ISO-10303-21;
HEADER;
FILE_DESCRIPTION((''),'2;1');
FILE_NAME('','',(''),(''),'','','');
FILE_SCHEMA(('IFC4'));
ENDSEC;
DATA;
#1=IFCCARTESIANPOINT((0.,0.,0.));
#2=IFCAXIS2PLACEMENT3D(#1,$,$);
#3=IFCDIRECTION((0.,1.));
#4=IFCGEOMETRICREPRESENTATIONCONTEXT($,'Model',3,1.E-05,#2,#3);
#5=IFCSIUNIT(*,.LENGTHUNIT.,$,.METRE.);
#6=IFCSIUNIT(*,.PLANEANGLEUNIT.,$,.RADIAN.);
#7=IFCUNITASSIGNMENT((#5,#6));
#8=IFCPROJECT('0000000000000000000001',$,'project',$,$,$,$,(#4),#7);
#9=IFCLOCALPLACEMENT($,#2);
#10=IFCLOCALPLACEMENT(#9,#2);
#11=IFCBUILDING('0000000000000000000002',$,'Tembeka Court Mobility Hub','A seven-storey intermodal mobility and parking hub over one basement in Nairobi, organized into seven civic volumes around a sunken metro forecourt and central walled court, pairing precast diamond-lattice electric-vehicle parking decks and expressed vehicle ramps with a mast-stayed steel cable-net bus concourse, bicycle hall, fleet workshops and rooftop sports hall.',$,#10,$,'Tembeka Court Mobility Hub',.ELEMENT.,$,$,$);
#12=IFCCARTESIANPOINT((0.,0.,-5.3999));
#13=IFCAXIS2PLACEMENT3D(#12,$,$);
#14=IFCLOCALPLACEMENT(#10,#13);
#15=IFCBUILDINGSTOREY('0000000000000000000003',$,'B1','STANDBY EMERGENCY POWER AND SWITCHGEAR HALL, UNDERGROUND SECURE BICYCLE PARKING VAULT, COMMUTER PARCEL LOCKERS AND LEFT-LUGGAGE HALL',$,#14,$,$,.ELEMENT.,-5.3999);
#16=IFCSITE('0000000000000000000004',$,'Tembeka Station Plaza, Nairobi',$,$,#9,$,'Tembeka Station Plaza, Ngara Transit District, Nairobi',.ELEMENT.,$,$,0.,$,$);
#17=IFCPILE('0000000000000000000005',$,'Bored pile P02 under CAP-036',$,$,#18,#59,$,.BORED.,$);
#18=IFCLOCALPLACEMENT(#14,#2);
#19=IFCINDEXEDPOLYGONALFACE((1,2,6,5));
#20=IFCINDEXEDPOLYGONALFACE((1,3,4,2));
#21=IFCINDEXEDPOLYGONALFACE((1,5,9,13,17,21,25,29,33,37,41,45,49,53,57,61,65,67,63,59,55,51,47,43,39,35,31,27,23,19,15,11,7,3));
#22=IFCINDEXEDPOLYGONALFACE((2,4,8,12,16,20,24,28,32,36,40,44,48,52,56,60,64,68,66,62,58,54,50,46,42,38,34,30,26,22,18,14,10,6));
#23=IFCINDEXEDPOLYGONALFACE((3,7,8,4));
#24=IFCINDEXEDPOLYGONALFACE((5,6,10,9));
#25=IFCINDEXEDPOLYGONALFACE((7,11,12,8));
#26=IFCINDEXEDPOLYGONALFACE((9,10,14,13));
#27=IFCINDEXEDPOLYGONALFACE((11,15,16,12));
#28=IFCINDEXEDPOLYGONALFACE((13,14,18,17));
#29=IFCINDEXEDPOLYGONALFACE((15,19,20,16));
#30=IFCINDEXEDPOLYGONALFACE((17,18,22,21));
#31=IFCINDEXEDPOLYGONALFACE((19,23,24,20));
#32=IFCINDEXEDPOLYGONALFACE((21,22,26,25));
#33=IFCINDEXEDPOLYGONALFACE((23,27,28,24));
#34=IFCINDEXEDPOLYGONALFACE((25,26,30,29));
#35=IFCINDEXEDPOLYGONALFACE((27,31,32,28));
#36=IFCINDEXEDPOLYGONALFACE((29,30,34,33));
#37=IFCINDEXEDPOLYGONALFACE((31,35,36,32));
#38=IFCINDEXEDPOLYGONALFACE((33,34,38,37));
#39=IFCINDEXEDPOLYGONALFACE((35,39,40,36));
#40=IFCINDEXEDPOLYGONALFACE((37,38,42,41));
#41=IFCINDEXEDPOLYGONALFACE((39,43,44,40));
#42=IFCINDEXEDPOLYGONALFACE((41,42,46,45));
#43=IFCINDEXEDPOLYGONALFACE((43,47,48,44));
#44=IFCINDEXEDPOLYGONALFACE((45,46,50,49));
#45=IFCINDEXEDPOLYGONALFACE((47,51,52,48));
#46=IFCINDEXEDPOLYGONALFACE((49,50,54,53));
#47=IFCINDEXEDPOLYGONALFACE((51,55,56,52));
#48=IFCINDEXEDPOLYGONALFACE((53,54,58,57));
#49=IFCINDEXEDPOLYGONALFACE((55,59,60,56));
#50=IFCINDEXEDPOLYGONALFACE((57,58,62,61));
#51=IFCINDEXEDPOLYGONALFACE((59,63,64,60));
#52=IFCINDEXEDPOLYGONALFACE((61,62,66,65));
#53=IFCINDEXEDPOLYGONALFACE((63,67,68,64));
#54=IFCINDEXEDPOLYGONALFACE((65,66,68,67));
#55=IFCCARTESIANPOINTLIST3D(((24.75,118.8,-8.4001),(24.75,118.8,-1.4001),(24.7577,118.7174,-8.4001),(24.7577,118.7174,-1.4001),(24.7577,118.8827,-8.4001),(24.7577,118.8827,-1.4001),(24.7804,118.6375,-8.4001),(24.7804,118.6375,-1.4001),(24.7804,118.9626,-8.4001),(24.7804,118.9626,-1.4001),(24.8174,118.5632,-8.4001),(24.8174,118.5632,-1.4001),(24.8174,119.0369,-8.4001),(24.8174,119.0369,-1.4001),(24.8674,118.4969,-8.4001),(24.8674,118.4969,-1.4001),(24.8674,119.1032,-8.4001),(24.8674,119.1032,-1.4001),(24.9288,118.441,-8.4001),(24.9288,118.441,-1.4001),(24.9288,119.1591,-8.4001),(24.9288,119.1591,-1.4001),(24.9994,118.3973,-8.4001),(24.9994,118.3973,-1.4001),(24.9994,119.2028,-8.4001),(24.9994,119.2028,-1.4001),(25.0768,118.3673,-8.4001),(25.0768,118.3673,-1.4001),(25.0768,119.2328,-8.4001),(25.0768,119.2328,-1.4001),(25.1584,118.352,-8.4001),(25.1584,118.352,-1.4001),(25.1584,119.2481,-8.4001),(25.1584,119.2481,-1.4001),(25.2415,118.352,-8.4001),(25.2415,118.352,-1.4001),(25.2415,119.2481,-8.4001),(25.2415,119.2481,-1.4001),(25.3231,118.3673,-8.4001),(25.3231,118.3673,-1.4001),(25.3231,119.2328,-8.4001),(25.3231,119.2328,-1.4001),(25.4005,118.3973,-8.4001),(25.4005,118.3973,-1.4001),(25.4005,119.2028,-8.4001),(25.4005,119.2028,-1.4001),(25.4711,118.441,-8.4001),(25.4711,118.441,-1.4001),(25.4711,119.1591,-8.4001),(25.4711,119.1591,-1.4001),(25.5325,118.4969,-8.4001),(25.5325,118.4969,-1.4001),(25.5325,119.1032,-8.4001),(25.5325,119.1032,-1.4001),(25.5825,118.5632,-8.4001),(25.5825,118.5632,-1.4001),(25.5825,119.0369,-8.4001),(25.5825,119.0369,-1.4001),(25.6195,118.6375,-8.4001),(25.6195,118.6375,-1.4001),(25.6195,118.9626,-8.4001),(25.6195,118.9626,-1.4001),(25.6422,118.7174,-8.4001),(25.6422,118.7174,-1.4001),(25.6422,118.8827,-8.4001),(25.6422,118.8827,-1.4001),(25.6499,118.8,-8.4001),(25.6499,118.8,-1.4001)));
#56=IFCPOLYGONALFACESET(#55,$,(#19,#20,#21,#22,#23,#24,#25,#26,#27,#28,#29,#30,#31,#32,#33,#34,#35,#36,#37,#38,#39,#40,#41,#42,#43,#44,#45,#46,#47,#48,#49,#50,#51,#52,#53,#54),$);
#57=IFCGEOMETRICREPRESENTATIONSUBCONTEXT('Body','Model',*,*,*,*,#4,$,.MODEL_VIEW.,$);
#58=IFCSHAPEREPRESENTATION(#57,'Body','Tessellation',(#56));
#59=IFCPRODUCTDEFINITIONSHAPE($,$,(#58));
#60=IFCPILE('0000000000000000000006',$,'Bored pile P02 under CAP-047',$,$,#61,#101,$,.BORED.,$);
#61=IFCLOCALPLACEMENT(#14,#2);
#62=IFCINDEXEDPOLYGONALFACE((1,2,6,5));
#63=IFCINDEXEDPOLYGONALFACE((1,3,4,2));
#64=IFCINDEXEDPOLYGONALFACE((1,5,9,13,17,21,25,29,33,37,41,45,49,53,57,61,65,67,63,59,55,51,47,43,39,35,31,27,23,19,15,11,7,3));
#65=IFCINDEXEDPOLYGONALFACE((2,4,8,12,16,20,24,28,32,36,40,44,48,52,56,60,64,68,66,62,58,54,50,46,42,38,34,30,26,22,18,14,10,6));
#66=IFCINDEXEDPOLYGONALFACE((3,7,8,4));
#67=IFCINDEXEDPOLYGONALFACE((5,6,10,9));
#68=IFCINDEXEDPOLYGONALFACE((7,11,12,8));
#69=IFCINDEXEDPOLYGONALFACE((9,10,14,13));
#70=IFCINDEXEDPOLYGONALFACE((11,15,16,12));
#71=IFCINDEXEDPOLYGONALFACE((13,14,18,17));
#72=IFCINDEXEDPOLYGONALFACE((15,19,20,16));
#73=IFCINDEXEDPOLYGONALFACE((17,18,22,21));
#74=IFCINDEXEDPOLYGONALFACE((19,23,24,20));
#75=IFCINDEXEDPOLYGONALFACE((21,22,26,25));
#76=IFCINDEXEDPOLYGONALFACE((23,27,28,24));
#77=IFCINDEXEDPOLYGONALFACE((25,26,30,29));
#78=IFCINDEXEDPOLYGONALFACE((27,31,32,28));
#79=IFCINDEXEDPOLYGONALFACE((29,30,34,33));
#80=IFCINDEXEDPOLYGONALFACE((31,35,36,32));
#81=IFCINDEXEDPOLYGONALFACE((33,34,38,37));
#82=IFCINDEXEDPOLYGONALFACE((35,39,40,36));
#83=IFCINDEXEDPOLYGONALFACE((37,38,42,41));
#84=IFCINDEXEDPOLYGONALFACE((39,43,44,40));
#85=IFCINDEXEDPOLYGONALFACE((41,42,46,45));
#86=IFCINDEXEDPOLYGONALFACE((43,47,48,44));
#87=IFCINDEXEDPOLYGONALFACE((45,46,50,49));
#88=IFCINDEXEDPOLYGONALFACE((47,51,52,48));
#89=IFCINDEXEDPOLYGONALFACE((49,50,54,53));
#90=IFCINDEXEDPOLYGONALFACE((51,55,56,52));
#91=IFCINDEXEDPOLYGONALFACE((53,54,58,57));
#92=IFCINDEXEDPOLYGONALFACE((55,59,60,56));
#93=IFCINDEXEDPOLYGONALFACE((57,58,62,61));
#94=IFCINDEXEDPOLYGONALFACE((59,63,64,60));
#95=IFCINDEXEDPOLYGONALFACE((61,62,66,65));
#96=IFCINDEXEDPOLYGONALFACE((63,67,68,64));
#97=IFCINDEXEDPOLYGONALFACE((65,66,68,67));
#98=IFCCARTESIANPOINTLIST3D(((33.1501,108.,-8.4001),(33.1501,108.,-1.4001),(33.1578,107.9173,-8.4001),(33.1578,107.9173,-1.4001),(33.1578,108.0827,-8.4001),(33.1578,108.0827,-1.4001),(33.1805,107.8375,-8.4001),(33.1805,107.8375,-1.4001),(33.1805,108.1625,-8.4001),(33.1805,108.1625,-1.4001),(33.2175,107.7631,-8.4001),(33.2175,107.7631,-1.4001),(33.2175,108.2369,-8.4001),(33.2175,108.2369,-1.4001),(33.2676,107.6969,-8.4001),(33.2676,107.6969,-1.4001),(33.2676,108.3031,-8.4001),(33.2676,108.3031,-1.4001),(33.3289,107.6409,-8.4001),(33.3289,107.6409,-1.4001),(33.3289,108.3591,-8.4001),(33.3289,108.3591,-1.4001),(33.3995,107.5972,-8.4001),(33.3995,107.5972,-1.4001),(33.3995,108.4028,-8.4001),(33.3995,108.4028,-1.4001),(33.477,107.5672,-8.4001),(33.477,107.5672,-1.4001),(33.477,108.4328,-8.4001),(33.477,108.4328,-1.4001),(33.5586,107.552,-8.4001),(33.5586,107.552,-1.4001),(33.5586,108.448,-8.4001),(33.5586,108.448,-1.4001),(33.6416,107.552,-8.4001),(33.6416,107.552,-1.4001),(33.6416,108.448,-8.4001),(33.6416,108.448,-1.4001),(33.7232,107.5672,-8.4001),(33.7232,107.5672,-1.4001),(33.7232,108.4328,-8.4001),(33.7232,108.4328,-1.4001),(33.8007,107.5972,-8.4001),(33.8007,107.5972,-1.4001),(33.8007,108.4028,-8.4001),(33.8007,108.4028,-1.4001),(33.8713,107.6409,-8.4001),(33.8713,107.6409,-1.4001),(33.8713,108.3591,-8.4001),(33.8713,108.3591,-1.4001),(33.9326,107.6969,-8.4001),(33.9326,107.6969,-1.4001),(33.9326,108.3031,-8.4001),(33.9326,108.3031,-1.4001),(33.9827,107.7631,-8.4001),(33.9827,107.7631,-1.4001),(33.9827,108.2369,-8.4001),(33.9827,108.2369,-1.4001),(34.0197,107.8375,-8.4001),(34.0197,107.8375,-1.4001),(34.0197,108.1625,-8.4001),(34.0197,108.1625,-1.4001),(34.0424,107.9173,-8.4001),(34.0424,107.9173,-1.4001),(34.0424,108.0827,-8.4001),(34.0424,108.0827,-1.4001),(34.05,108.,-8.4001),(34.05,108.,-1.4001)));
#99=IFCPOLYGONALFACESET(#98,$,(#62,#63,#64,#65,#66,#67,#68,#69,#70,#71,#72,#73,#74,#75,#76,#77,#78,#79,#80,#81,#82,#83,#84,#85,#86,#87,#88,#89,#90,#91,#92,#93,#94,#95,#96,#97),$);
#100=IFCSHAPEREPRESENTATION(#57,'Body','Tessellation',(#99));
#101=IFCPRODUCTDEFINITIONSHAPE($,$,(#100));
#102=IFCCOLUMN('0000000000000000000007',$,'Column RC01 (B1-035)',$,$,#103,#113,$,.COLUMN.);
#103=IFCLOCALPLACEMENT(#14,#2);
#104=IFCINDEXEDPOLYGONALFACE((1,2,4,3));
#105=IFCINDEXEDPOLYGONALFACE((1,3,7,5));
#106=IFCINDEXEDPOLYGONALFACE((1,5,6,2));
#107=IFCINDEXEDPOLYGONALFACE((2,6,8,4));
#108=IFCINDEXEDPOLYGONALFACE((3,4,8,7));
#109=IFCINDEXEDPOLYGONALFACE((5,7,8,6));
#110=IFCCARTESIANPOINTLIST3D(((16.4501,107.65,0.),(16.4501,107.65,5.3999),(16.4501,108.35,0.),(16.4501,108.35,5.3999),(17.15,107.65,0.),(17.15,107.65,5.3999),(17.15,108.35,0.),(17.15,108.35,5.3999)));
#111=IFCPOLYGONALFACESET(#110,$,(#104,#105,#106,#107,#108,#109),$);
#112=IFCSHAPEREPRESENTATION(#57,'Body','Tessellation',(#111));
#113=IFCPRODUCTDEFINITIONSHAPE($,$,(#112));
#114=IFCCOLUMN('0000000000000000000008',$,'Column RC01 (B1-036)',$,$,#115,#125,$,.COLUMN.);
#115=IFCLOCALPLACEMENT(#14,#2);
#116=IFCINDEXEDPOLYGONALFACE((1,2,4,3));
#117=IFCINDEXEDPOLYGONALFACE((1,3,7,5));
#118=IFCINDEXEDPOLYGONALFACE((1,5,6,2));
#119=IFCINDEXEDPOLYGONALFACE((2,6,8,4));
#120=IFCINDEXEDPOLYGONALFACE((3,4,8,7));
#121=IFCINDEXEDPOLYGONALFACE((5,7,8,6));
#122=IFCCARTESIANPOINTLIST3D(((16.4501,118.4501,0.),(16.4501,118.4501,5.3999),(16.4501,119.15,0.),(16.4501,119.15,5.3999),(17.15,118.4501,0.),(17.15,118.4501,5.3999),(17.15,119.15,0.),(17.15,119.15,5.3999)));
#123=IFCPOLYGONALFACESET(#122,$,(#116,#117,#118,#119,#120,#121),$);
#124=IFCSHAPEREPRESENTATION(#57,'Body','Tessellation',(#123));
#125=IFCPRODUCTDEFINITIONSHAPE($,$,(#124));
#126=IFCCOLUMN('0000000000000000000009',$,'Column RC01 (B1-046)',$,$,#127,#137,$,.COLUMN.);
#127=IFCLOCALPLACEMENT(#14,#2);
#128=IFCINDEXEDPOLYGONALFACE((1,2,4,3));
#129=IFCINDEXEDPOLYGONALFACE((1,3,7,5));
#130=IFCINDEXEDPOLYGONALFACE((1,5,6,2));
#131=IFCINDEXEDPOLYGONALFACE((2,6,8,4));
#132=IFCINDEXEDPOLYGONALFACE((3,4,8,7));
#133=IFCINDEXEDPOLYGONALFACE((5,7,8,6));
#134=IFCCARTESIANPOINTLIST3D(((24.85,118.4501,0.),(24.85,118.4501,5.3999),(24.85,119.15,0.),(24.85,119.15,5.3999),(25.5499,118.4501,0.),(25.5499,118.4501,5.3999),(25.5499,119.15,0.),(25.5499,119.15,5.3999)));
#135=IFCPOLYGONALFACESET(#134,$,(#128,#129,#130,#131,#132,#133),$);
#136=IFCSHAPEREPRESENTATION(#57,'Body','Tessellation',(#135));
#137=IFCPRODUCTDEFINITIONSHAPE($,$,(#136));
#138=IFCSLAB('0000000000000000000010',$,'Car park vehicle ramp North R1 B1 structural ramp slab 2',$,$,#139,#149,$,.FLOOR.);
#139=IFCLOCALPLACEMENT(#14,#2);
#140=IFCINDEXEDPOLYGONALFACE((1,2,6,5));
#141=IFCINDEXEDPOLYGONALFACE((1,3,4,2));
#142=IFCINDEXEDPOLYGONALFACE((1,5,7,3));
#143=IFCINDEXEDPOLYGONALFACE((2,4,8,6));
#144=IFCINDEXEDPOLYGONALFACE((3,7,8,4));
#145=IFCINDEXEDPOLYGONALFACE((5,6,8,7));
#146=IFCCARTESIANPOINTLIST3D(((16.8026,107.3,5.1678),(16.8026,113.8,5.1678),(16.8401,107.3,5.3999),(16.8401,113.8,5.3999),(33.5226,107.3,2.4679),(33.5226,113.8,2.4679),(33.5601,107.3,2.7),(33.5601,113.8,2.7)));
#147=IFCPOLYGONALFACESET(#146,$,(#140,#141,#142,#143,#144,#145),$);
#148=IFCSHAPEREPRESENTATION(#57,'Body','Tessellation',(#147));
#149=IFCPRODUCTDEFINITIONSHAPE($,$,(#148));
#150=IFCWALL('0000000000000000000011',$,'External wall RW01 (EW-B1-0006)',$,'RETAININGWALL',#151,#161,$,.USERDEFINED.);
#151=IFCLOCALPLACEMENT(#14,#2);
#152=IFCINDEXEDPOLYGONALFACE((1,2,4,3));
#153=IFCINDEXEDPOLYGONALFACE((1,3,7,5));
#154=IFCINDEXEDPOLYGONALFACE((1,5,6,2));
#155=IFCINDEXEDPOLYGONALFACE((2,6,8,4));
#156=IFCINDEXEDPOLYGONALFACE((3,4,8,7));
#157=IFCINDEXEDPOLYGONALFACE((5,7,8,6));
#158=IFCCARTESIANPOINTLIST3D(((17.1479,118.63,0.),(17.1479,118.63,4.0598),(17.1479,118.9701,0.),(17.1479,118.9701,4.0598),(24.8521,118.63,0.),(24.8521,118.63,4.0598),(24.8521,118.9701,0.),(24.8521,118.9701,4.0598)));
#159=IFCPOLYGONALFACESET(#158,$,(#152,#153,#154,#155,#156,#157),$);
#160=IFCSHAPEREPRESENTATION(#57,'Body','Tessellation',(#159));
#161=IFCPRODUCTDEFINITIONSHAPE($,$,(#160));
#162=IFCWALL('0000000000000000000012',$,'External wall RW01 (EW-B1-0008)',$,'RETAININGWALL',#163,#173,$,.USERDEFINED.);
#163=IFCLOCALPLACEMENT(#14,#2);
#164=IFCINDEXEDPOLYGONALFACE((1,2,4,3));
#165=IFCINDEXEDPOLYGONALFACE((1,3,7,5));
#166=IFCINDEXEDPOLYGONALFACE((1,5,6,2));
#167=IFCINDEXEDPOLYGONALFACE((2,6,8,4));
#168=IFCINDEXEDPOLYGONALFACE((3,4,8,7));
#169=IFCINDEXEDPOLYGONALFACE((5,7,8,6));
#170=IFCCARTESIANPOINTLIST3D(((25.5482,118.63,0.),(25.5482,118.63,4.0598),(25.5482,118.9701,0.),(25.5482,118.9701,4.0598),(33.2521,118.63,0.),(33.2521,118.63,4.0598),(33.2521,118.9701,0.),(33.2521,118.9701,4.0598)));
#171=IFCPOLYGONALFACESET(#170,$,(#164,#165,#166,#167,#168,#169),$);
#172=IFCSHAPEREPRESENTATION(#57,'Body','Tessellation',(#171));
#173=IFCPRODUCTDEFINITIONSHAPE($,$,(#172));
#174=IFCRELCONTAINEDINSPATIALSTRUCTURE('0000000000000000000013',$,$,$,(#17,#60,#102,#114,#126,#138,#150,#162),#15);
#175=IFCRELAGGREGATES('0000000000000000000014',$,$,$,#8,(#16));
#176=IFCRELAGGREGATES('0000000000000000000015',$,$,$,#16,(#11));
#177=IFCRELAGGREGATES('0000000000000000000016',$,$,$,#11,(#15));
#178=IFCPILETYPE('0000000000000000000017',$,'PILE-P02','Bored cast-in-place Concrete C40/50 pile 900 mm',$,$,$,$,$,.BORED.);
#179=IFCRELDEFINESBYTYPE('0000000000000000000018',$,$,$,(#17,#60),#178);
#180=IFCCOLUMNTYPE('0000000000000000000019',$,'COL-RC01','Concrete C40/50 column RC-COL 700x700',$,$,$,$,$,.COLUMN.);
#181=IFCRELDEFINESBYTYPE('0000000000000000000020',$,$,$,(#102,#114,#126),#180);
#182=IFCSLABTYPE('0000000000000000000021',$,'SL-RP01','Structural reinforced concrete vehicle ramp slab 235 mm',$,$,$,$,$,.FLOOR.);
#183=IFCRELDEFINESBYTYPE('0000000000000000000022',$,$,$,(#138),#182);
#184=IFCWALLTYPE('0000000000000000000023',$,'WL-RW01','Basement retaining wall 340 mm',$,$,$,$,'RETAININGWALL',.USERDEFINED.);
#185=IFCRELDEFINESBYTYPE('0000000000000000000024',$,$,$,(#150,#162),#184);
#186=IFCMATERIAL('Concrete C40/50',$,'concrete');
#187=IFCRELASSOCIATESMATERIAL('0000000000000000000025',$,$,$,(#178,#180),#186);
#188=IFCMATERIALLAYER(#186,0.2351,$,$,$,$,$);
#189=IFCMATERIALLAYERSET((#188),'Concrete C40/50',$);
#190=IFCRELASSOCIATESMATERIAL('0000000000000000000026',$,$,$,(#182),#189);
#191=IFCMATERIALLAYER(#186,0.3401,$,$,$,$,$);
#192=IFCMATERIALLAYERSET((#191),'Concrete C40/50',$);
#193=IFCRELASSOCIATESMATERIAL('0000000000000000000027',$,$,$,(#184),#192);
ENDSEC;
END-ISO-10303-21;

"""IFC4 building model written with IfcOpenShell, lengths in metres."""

from ifc_helpers import new_model, si_unit, direction, frame, frame_2d, origin, origin_2d, place, context, subcontext, project, spatial, polyline, rectangle, circle, outline, extrude, material, layer, layer_set, material_profile, profile_set, type_object, element, save


model = new_model("IFC4")

# Units and contexts
model_context = context("Model", 3, precision=1e-05, world=origin(), true_north=direction((0.0, 1.0)))
body_context = subcontext(model_context, "Body", "Model", "MODEL_VIEW")
ifc_project = project(units=[si_unit("LENGTHUNIT", "METRE"), si_unit("PLANEANGLEUNIT", "RADIAN")], contexts=[model_context])

# Site, building, storey
site_placement = place(None, origin())
site = spatial("IfcSite", under=ifc_project, at=site_placement, Name="Tembeka Station Plaza, Nairobi", LongName="Tembeka Station Plaza, Ngara Transit District, Nairobi", CompositionType="ELEMENT", RefElevation=0.0)
building_placement = place(site_placement, origin())
building = spatial("IfcBuilding", under=site, at=building_placement, Name="Tembeka Court Mobility Hub", Description="A seven-storey intermodal mobility and parking hub over one basement in Nairobi, organized into seven civic volumes around a sunken metro forecourt and central walled court, pairing precast diamond-lattice electric-vehicle parking decks and expressed vehicle ramps with a mast-stayed steel cable-net bus concourse, bicycle hall, fleet workshops and rooftop sports hall.", LongName="Tembeka Court Mobility Hub", CompositionType="ELEMENT")
storey_placement = place(building_placement, frame((0.0, 0.0, -5.3999)))
storey = spatial("IfcBuildingStorey", under=building, at=storey_placement, Name="B1", Description="STANDBY EMERGENCY POWER AND SWITCHGEAR HALL, UNDERGROUND SECURE BICYCLE PARKING VAULT, COMMUTER PARCEL LOCKERS AND LEFT-LUGGAGE HALL", CompositionType="ELEMENT", Elevation=-5.3999)

# Shared definitions
ifc_material_1 = material(Name="Concrete C40/50", Category="concrete")

# Piles
ifc_material_profile_1 = material_profile(ifc_material_1, circle(Radius=0.45, at=origin_2d()), Name="PILE D900")
ifc_profile_set_1 = profile_set([ifc_material_profile_1], Name="Concrete C40/50")
pile_type = type_object("IfcPileType", Name="PILE-P02", Description="Bored cast-in-place Concrete C40/50 pile 900 mm", PredefinedType="BORED", material=ifc_profile_set_1)
for number, where, z_axis, x_axis, name in (
    (1, (25.2, 118.8, -1.4001), (0.0, 0.0, -1.0), (1.0, 0.0, 0.0), "Bored pile P02 under CAP-036"),
    (2, (33.6001, 108.0, -1.4001), (0.0, 0.0, -1.0), (1.0, 0.0, 0.0), "Bored pile P02 under CAP-047"),
):
    element("IfcPile", number, at=place(storey_placement, frame(where, z_axis=z_axis, x_axis=x_axis)), inside=storey, type_object=pile_type, Name=name, PredefinedType="BORED", context=body_context, shape_type="SweptSolid", body=[
        extrude(circle(Radius=0.45, at=origin_2d()), origin(), (0.0, 0.0, 1.0), 7.0),
    ])

# Columns
ifc_material_profile_2 = material_profile(ifc_material_1, rectangle(XDim=0.7, YDim=0.7, at=origin_2d()), Name="RC-COL 700x700")
ifc_profile_set_2 = profile_set([ifc_material_profile_2], Name="Concrete C40/50")
column_type = type_object("IfcColumnType", Name="COL-RC01", Description="Concrete C40/50 column RC-COL 700x700", PredefinedType="COLUMN", material=ifc_profile_set_2)
for number, where, z_axis, x_axis, name in (
    (3, (16.8, 108.0, 0.0), (0.0, 0.0, 1.0), (1.0, 0.0, 0.0), "Column RC01 (B1-035)"),
    (4, (16.8, 118.8, 0.0), (0.0, 0.0, 1.0), (1.0, 0.0, 0.0), "Column RC01 (B1-036)"),
    (5, (25.2, 118.8, 0.0), (0.0, 0.0, 1.0), (1.0, 0.0, 0.0), "Column RC01 (B1-046)"),
):
    element("IfcColumn", number, at=place(storey_placement, frame(where, z_axis=z_axis, x_axis=x_axis)), inside=storey, type_object=column_type, Name=name, PredefinedType="COLUMN", context=body_context, shape_type="SweptSolid", body=[
        extrude(rectangle(XDim=0.7, YDim=0.7, at=origin_2d()), origin(), (0.0, 0.0, 1.0), 5.3999),
    ])

# Slab
ifc_layer_1 = layer(ifc_material_1, 0.2351)
ifc_layer_set_1 = layer_set([ifc_layer_1], Name="Concrete C40/50")
slab_type = type_object("IfcSlabType", Name="SL-RP01", Description="Structural reinforced concrete vehicle ramp slab 235 mm", PredefinedType="FLOOR", material=ifc_layer_set_1)
slab_placement = place(storey_placement, frame((33.5601, 107.3, 2.7), z_axis=(0.159416, 0.0, 0.987212), x_axis=(-0.987212, 0.0, 0.159416)))
element("IfcSlab", 6, at=slab_placement, inside=storey, type_object=slab_type, Name="Car park vehicle ramp North R1 B1 structural ramp slab 2", PredefinedType="FLOOR", context=body_context, shape_type="SweptSolid", body=[
    extrude(outline(polyline([(0.0, 0.0), (16.9366, 0.0), (16.9366, -6.5), (0.0, -6.5), (0.0, 0.0)])), origin(), (0.0, 0.0, -1.0), 0.2351),
])

# Walls
ifc_layer_2 = layer(ifc_material_1, 0.3401)
ifc_layer_set_2 = layer_set([ifc_layer_2], Name="Concrete C40/50")
wall_type = type_object("IfcWallType", Name="WL-RW01", Description="Basement retaining wall 340 mm", ElementType="RETAININGWALL", PredefinedType="USERDEFINED", material=ifc_layer_set_2)
wall_1_placement = place(storey_placement, frame((17.1479, 118.8, 0.0), z_axis=(0.0, 0.0, 1.0), x_axis=(1.0, 0.0, 0.0)))
element("IfcWall", 7, at=wall_1_placement, inside=storey, type_object=wall_type, Name="External wall RW01 (EW-B1-0006)", ObjectType="RETAININGWALL", PredefinedType="USERDEFINED", context=body_context, shape_type="SweptSolid", body=[
    extrude(rectangle(XDim=7.7041, YDim=0.3401, at=frame_2d((3.8521, 0.0))), origin(), (0.0, 0.0, 1.0), 4.0598),
])
wall_2_placement = place(storey_placement, frame((25.5481, 118.8, 0.0), z_axis=(0.0, 0.0, 1.0), x_axis=(1.0, 0.0, 0.0)))
element("IfcWall", 8, at=wall_2_placement, inside=storey, type_object=wall_type, Name="External wall RW01 (EW-B1-0008)", ObjectType="RETAININGWALL", PredefinedType="USERDEFINED", context=body_context, shape_type="SweptSolid", body=[
    extrude(rectangle(XDim=7.7039, YDim=0.3401, at=frame_2d((3.8521, 0.0))), origin(), (0.0, 0.0, 1.0), 4.0598),
])

save(model, "model.ifc")
